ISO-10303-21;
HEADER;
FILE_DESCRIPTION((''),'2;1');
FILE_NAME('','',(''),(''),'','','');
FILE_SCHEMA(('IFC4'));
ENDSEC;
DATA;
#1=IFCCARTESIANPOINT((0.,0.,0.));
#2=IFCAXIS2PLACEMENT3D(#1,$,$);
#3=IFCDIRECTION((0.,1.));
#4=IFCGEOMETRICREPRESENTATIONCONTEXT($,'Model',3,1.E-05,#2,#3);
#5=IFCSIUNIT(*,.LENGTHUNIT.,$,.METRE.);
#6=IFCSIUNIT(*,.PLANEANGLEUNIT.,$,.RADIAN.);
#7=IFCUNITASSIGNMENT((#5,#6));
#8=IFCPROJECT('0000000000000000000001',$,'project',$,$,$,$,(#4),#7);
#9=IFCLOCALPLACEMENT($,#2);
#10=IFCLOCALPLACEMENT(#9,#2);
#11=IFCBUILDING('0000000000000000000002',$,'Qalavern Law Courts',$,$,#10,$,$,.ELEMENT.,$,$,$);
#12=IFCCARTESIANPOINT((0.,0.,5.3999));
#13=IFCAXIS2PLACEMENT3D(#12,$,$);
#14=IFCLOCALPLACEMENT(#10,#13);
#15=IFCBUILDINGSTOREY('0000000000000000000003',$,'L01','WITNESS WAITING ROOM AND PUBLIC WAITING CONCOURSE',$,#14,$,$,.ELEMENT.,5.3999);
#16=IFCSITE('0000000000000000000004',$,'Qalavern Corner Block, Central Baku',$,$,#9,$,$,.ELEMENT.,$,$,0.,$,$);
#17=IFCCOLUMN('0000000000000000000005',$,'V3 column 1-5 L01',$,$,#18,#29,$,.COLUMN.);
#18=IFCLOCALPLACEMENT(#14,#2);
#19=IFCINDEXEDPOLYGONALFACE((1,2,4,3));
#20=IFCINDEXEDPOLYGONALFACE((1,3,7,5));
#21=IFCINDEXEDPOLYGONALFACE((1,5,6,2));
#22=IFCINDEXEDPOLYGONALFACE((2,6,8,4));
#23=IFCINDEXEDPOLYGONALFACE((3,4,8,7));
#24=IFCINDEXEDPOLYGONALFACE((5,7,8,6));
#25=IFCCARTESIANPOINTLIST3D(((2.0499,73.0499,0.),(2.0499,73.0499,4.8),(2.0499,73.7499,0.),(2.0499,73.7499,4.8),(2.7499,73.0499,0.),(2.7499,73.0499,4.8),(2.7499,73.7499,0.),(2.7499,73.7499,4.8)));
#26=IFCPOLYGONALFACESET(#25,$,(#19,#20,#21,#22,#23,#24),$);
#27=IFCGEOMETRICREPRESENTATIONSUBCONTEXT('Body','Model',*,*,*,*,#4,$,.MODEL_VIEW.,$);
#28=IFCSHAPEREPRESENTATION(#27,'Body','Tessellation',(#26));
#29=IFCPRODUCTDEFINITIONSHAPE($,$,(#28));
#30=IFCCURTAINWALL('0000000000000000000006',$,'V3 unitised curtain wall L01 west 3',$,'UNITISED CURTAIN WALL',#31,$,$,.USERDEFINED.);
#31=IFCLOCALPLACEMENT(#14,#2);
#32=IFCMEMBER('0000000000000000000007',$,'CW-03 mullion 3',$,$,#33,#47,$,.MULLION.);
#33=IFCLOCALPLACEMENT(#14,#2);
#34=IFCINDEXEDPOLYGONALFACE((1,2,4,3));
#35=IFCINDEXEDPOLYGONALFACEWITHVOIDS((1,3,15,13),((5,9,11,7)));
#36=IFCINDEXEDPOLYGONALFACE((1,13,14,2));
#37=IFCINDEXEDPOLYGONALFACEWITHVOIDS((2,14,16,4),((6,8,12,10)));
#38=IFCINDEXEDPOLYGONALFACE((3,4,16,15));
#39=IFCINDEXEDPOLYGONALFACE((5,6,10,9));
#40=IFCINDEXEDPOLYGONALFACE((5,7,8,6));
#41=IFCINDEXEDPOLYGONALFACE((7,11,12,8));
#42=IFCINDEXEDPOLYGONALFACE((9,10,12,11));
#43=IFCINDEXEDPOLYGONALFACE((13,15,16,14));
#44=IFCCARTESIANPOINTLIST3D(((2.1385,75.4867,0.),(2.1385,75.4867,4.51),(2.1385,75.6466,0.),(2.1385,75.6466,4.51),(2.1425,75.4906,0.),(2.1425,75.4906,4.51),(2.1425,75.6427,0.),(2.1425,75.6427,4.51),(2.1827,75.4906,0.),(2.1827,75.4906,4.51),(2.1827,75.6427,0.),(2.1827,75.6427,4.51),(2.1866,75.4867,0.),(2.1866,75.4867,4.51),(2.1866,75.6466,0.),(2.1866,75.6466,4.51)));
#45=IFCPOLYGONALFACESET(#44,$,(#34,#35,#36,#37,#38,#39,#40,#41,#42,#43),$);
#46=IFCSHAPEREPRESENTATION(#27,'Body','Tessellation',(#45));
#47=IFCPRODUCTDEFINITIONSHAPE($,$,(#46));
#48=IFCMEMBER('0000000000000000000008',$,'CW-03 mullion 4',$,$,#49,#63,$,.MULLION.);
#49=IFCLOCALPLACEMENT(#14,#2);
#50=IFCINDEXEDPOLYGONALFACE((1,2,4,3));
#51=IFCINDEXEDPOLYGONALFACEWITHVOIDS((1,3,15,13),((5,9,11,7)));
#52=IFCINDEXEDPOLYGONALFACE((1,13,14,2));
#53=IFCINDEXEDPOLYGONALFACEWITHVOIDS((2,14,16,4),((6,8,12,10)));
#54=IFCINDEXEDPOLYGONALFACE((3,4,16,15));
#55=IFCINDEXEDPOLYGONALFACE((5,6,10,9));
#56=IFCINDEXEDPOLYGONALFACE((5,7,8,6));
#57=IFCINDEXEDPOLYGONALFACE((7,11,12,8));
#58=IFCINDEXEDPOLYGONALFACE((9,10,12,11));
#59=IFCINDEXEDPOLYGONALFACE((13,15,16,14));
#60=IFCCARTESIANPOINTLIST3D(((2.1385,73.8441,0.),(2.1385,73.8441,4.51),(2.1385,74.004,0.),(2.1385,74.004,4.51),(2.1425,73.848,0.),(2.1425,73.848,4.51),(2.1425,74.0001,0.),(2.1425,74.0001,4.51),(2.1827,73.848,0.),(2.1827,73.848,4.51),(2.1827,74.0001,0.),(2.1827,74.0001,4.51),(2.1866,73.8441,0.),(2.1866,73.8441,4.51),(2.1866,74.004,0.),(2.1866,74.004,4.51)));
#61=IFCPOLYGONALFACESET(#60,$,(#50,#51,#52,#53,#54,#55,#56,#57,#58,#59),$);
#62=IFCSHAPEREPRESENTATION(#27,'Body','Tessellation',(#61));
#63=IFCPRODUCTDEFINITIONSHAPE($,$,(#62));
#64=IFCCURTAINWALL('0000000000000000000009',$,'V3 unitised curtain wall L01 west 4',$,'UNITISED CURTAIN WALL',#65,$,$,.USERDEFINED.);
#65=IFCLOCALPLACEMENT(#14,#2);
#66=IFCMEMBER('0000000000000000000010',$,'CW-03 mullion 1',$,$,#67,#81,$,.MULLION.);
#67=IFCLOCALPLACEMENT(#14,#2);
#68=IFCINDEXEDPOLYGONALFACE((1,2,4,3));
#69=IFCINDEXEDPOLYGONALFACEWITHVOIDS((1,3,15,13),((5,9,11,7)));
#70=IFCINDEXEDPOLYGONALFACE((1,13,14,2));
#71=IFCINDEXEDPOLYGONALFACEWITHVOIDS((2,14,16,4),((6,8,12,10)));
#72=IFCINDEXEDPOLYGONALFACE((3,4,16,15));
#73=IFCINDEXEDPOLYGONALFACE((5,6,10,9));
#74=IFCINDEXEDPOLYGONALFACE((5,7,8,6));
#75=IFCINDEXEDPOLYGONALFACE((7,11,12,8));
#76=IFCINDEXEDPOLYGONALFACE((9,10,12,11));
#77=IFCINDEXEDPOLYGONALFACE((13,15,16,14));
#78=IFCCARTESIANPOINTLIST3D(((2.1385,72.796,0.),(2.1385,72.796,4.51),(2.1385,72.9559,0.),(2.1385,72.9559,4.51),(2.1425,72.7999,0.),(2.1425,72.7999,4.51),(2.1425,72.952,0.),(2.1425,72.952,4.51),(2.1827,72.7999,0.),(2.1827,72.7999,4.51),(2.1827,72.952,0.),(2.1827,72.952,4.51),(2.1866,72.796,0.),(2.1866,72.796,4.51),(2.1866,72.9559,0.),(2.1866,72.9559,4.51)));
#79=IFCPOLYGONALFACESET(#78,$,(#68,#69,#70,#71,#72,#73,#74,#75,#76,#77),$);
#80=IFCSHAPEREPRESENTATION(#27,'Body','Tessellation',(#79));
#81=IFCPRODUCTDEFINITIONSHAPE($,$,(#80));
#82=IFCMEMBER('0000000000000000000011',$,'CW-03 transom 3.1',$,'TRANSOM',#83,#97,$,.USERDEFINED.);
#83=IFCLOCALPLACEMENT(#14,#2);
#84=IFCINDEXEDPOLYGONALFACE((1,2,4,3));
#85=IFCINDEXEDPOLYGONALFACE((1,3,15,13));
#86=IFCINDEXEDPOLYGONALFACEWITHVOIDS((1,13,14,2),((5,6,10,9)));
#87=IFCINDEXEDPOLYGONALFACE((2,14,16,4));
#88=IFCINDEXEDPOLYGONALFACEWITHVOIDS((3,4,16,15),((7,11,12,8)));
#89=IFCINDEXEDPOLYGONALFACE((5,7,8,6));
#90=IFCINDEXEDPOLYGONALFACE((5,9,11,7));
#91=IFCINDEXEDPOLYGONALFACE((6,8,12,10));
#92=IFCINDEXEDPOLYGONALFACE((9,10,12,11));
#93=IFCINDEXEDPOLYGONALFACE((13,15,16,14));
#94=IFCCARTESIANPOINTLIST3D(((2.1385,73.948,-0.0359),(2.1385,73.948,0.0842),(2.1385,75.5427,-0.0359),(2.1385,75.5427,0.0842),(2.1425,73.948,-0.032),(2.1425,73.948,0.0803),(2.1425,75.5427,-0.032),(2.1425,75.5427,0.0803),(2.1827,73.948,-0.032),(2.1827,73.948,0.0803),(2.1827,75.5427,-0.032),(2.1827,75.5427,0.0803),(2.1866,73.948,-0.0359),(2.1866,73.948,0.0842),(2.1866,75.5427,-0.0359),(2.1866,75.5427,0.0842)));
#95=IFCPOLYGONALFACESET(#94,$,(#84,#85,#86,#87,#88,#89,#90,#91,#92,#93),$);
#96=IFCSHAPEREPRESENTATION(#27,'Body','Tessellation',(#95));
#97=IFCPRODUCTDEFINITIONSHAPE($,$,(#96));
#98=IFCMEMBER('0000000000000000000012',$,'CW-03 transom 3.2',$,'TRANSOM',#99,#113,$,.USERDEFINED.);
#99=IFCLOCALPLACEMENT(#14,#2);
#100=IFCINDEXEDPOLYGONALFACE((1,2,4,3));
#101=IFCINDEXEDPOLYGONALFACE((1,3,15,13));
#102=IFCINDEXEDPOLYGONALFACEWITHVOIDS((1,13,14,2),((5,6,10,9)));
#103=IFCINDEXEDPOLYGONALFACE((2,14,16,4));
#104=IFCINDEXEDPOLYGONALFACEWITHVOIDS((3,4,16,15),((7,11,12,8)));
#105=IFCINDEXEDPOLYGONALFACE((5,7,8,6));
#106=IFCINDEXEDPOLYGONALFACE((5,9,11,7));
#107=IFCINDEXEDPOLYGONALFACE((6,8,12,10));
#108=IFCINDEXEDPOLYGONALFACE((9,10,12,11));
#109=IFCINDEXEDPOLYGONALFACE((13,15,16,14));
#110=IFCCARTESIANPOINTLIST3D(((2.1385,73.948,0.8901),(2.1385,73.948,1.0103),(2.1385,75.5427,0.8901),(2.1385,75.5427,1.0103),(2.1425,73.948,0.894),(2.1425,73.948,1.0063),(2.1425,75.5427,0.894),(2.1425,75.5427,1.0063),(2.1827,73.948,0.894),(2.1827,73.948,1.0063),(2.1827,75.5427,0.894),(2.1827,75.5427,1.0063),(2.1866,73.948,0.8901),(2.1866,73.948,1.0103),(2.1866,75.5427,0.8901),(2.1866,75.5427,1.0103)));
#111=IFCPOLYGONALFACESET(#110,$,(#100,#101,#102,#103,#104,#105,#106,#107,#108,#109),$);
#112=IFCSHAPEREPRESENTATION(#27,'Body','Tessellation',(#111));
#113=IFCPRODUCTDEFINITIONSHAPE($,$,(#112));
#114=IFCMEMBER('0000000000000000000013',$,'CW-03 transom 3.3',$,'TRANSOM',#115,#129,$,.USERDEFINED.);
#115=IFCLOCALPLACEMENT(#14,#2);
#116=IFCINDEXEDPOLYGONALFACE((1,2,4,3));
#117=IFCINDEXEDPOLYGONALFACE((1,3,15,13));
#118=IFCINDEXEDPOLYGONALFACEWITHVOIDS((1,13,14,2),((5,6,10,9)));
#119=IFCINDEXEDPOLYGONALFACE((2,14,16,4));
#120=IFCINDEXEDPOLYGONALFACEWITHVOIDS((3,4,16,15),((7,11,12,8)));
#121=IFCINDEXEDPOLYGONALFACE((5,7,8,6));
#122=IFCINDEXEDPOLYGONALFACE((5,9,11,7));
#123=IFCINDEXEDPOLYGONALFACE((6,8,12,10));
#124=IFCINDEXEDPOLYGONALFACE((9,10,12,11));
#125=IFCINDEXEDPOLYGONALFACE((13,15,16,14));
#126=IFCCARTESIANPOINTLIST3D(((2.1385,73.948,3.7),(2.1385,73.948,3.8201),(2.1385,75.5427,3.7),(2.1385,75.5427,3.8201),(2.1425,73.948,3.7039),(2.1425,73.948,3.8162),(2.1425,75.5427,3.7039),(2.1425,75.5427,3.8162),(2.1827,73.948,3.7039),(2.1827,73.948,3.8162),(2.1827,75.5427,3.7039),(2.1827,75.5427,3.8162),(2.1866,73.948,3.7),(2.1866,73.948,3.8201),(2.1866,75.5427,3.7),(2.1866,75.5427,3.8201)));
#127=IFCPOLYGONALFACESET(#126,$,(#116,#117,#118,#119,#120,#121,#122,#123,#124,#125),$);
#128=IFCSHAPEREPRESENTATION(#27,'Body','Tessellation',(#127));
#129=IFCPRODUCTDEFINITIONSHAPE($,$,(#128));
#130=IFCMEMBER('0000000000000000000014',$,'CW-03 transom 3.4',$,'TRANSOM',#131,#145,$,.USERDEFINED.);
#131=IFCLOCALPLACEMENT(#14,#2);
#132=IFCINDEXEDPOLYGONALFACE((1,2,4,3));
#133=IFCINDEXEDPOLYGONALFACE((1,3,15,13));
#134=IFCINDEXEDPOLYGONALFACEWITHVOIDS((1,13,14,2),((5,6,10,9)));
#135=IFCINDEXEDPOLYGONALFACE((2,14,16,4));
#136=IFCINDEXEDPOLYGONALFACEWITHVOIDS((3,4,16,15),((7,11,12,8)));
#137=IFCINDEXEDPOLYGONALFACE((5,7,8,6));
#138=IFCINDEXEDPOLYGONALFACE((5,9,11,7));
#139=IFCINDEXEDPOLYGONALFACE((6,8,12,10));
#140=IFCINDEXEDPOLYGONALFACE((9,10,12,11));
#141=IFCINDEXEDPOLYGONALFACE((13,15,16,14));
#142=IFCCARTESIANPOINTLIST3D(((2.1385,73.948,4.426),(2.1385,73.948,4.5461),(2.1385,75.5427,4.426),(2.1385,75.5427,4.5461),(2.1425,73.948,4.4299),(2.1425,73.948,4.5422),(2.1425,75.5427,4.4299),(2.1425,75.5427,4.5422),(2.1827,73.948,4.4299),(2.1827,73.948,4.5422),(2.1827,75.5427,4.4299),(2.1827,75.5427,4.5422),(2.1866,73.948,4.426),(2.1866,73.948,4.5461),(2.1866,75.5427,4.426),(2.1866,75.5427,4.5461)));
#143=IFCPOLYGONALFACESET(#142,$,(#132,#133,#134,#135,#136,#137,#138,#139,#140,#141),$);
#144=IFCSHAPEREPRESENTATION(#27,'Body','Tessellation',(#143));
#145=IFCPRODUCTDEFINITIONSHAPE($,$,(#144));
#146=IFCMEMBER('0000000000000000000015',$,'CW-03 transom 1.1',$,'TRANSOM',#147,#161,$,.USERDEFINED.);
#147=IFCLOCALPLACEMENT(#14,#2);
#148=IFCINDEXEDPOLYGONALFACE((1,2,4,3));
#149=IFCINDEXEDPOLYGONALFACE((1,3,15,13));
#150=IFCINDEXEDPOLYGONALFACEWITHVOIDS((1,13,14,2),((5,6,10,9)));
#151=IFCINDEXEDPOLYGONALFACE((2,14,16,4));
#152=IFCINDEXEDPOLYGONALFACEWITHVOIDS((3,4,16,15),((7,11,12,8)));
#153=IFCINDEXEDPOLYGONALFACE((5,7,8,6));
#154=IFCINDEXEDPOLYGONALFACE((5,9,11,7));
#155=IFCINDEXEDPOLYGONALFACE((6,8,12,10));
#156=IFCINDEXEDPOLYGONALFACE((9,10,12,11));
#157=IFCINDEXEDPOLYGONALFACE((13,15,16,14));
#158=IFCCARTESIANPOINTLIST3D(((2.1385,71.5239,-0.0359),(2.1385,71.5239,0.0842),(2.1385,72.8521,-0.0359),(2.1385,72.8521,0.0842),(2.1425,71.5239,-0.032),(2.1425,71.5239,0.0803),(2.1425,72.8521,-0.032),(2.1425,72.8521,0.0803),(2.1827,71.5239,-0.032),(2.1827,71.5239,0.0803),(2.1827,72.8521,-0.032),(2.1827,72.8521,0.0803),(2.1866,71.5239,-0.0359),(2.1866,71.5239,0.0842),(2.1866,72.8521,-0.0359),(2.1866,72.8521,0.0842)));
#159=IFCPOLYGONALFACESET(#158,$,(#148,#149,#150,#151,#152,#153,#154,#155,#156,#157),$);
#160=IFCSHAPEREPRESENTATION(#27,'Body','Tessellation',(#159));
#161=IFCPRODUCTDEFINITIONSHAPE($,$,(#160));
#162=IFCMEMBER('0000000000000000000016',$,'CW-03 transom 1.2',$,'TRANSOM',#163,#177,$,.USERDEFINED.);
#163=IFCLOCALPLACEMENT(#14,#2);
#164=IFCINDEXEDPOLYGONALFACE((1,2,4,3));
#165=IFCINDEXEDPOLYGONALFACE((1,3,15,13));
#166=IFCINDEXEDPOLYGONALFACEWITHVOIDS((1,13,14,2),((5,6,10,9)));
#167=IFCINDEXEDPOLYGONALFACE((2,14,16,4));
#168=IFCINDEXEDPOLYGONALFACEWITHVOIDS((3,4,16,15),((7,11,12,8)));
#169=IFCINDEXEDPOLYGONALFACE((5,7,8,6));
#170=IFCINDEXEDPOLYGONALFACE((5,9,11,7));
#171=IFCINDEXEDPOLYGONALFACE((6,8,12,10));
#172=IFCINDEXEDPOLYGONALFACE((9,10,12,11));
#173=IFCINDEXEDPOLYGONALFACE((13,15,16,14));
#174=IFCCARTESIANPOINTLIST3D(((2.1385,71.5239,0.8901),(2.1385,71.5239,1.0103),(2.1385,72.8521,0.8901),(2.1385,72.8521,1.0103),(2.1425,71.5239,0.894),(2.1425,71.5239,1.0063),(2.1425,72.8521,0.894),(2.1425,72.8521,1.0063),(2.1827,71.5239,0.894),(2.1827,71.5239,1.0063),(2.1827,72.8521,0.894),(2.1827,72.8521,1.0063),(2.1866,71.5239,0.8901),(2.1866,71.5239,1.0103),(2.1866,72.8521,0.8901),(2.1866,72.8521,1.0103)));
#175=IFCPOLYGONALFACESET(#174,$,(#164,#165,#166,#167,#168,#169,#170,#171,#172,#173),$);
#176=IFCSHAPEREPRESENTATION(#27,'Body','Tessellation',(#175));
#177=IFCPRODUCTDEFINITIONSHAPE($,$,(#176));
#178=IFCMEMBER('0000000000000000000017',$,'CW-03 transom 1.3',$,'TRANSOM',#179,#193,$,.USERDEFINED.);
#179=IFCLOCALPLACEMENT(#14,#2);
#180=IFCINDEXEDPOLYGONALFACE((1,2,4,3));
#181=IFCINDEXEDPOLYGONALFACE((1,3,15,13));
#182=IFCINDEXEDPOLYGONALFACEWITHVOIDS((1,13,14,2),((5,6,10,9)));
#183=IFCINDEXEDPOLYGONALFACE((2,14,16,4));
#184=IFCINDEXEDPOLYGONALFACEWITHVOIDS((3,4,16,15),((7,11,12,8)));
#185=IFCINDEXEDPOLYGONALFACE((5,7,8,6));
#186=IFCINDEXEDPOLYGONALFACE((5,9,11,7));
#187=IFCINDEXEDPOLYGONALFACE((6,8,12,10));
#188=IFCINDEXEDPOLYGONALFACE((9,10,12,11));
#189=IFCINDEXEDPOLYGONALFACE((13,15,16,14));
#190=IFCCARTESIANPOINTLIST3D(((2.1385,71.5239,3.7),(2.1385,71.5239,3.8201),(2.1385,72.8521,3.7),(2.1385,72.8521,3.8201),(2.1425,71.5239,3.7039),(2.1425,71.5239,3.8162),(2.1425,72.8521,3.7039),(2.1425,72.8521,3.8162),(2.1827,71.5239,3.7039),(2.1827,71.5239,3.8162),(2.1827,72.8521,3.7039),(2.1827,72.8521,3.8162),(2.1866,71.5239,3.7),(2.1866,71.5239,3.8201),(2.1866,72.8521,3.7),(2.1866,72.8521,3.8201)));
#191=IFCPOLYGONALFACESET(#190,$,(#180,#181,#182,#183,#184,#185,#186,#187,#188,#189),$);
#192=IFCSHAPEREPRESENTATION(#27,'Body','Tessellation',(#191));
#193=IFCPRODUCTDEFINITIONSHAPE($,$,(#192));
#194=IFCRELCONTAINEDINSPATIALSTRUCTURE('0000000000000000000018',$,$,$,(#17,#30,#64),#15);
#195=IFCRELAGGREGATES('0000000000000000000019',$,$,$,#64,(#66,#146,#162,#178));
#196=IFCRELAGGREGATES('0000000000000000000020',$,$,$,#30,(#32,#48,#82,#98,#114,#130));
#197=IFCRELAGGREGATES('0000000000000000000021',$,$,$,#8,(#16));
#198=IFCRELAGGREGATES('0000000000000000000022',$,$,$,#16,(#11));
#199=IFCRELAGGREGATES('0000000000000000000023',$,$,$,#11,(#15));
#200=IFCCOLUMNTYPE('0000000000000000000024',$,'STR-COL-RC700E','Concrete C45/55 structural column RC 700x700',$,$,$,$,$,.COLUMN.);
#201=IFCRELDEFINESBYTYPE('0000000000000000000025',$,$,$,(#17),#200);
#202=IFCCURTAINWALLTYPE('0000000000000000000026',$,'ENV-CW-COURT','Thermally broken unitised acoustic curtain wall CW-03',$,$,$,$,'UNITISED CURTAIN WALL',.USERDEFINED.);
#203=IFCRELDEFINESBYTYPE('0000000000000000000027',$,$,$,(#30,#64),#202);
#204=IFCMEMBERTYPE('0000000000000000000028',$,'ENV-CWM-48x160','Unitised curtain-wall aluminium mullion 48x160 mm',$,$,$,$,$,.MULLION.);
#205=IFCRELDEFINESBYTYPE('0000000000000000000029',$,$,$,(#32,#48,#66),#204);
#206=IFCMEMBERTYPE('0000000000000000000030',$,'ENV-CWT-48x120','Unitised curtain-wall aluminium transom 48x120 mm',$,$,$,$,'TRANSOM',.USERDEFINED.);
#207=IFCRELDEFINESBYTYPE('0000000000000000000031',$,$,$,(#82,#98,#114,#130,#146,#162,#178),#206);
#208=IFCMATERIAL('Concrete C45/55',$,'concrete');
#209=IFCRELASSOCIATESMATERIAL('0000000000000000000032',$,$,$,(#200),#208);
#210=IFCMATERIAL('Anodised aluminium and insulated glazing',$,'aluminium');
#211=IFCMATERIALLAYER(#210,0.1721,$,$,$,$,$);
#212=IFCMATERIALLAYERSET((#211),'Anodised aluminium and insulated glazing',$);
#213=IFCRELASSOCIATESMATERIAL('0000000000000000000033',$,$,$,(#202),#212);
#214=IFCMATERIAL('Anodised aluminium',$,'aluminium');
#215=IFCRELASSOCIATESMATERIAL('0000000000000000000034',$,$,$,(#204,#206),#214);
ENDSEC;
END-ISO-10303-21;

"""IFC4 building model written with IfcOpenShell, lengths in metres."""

from ifc_helpers import new_model, si_unit, direction, frame, origin, origin_2d, place, context, subcontext, project, spatial, rectangle, hollow_rectangle, extrude, material, layer, layer_set, material_profile, profile_set, type_object, element, aggregate, save


model = new_model("IFC4")

# Units and contexts
model_context = context("Model", 3, precision=1e-05, world=origin(), true_north=direction((0.0, 1.0)))
body_context = subcontext(model_context, "Body", "Model", "MODEL_VIEW")
ifc_project = project(units=[si_unit("LENGTHUNIT", "METRE"), si_unit("PLANEANGLEUNIT", "RADIAN")], contexts=[model_context])

# Site, building, storey
site_placement = place(None, origin())
site = spatial("IfcSite", under=ifc_project, at=site_placement, Name="Qalavern Corner Block, Central Baku", CompositionType="ELEMENT", RefElevation=0.0)
building_placement = place(site_placement, origin())
building = spatial("IfcBuilding", under=site, at=building_placement, Name="Qalavern Law Courts", CompositionType="ELEMENT")
storey_placement = place(building_placement, frame((0.0, 0.0, 5.3999)))
storey = spatial("IfcBuildingStorey", under=building, at=storey_placement, Name="L01", Description="WITNESS WAITING ROOM AND PUBLIC WAITING CONCOURSE", CompositionType="ELEMENT", Elevation=5.3999)

# Column
ifc_material_1 = material(Name="Concrete C45/55", Category="concrete")
ifc_material_profile_1 = material_profile(ifc_material_1, rectangle(XDim=0.7, YDim=0.7, at=origin_2d()), Name="RC 700x700")
ifc_profile_set_1 = profile_set([ifc_material_profile_1], Name="Concrete C45/55")
column_type = type_object("IfcColumnType", Name="STR-COL-RC700E", Description="Concrete C45/55 structural column RC 700x700", PredefinedType="COLUMN", material=ifc_profile_set_1)
column_placement = place(storey_placement, frame((2.3999, 73.3999, 0.0), z_axis=(0.0, 0.0, 1.0), x_axis=(1.0, 0.0, 0.0)))
element("IfcColumn", 1, at=column_placement, inside=storey, type_object=column_type, Name="V3 column 1-5 L01", PredefinedType="COLUMN", context=body_context, shape_type="SweptSolid", body=[
    extrude(rectangle(XDim=0.7, YDim=0.7, at=origin_2d()), origin(), (0.0, 0.0, 1.0), 4.8),
])

# Curtain wall, members
ifc_material_2 = material(Name="Anodised aluminium and insulated glazing", Category="aluminium")
ifc_layer_1 = layer(ifc_material_2, 0.1721)
ifc_layer_set_1 = layer_set([ifc_layer_1], Name="Anodised aluminium and insulated glazing")
curtain_wall_type = type_object("IfcCurtainWallType", Name="ENV-CW-COURT", Description="Thermally broken unitised acoustic curtain wall CW-03", ElementType="UNITISED CURTAIN WALL", PredefinedType="USERDEFINED", material=ifc_layer_set_1)
curtain_wall_1_placement = place(storey_placement, origin())
curtain_wall_1 = element("IfcCurtainWall", 2, at=curtain_wall_1_placement, inside=storey, type_object=curtain_wall_type, Name="V3 unitised curtain wall L01 west 3", ObjectType="UNITISED CURTAIN WALL", PredefinedType="USERDEFINED")
ifc_material_3 = material(Name="Anodised aluminium", Category="aluminium")
ifc_material_profile_2 = material_profile(ifc_material_3, hollow_rectangle(XDim=0.0481, YDim=0.1599, WallThickness=0.0039, at=origin_2d()), Name="ALU MULLION 48x160")
ifc_profile_set_2 = profile_set([ifc_material_profile_2], Name="Anodised aluminium")
member_type_1 = type_object("IfcMemberType", Name="ENV-CWM-48x160", Description="Unitised curtain-wall aluminium mullion 48x160 mm", PredefinedType="MULLION", material=ifc_profile_set_2)
member_1_placement = place(storey_placement, frame((2.1626, 75.5667, 0.0), z_axis=(0.0, 0.0, 1.0), x_axis=(1.0, 0.0, 0.0)))
member_1 = element("IfcMember", 3, at=member_1_placement, type_object=member_type_1, Name="CW-03 mullion 3", PredefinedType="MULLION", context=body_context, shape_type="SweptSolid", body=[
    extrude(hollow_rectangle(XDim=0.0481, YDim=0.1599, WallThickness=0.0039, at=origin_2d()), origin(), (0.0, 0.0, 1.0), 4.51),
])
member_2_placement = place(storey_placement, frame((2.1626, 73.9241, 0.0), z_axis=(0.0, 0.0, 1.0), x_axis=(1.0, 0.0, 0.0)))
member_2 = element("IfcMember", 4, at=member_2_placement, type_object=member_type_1, Name="CW-03 mullion 4", PredefinedType="MULLION", context=body_context, shape_type="SweptSolid", body=[
    extrude(hollow_rectangle(XDim=0.0481, YDim=0.1599, WallThickness=0.0039, at=origin_2d()), origin(), (0.0, 0.0, 1.0), 4.51),
])

# Curtain wall, member
curtain_wall_2_placement = place(storey_placement, origin())
curtain_wall_2 = element("IfcCurtainWall", 5, at=curtain_wall_2_placement, inside=storey, type_object=curtain_wall_type, Name="V3 unitised curtain wall L01 west 4", ObjectType="UNITISED CURTAIN WALL", PredefinedType="USERDEFINED")
member_3_placement = place(storey_placement, frame((2.1626, 72.876, 0.0), z_axis=(0.0, 0.0, 1.0), x_axis=(1.0, 0.0, 0.0)))
member_3 = element("IfcMember", 6, at=member_3_placement, type_object=member_type_1, Name="CW-03 mullion 1", PredefinedType="MULLION", context=body_context, shape_type="SweptSolid", body=[
    extrude(hollow_rectangle(XDim=0.0481, YDim=0.1599, WallThickness=0.0039, at=origin_2d()), origin(), (0.0, 0.0, 1.0), 4.51),
])

# Members
ifc_material_profile_3 = material_profile(ifc_material_3, hollow_rectangle(XDim=0.0481, YDim=0.1201, WallThickness=0.0039, at=origin_2d()), Name="ALU TRANSOM 48x120")
ifc_profile_set_3 = profile_set([ifc_material_profile_3], Name="Anodised aluminium")
member_type_2 = type_object("IfcMemberType", Name="ENV-CWT-48x120", Description="Unitised curtain-wall aluminium transom 48x120 mm", ElementType="TRANSOM", PredefinedType="USERDEFINED", material=ifc_profile_set_3)
member_4_placement = place(storey_placement, frame((2.1626, 75.5427, 0.0242), z_axis=(0.0, -1.0, 0.0), x_axis=(1.0, 0.0, 0.0)))
member_4 = element("IfcMember", 7, at=member_4_placement, type_object=member_type_2, Name="CW-03 transom 3.1", ObjectType="TRANSOM", PredefinedType="USERDEFINED", context=body_context, shape_type="SweptSolid", body=[
    extrude(hollow_rectangle(XDim=0.0481, YDim=0.1201, WallThickness=0.0039, at=origin_2d()), origin(), (0.0, 0.0, 1.0), 1.5947),
])
member_5_placement = place(storey_placement, frame((2.1626, 75.5427, 0.9502), z_axis=(0.0, -1.0, 0.0), x_axis=(1.0, 0.0, 0.0)))
member_5 = element("IfcMember", 8, at=member_5_placement, type_object=member_type_2, Name="CW-03 transom 3.2", ObjectType="TRANSOM", PredefinedType="USERDEFINED", context=body_context, shape_type="SweptSolid", body=[
    extrude(hollow_rectangle(XDim=0.0481, YDim=0.1201, WallThickness=0.0039, at=origin_2d()), origin(), (0.0, 0.0, 1.0), 1.5947),
])
member_6_placement = place(storey_placement, frame((2.1626, 75.5427, 3.76), z_axis=(0.0, -1.0, 0.0), x_axis=(1.0, 0.0, 0.0)))
member_6 = element("IfcMember", 9, at=member_6_placement, type_object=member_type_2, Name="CW-03 transom 3.3", ObjectType="TRANSOM", PredefinedType="USERDEFINED", context=body_context, shape_type="SweptSolid", body=[
    extrude(hollow_rectangle(XDim=0.0481, YDim=0.1201, WallThickness=0.0039, at=origin_2d()), origin(), (0.0, 0.0, 1.0), 1.5947),
])
member_7_placement = place(storey_placement, frame((2.1626, 75.5427, 4.4861), z_axis=(0.0, -1.0, 0.0), x_axis=(1.0, 0.0, 0.0)))
member_7 = element("IfcMember", 10, at=member_7_placement, type_object=member_type_2, Name="CW-03 transom 3.4", ObjectType="TRANSOM", PredefinedType="USERDEFINED", context=body_context, shape_type="SweptSolid", body=[
    extrude(hollow_rectangle(XDim=0.0481, YDim=0.1201, WallThickness=0.0039, at=origin_2d()), origin(), (0.0, 0.0, 1.0), 1.5947),
])
member_8_placement = place(storey_placement, frame((2.1626, 72.8521, 0.0242), z_axis=(0.0, -1.0, 0.0), x_axis=(1.0, 0.0, 0.0)))
member_8 = element("IfcMember", 11, at=member_8_placement, type_object=member_type_2, Name="CW-03 transom 1.1", ObjectType="TRANSOM", PredefinedType="USERDEFINED", context=body_context, shape_type="SweptSolid", body=[
    extrude(hollow_rectangle(XDim=0.0481, YDim=0.1201, WallThickness=0.0039, at=origin_2d()), origin(), (0.0, 0.0, 1.0), 1.3281),
])
member_9_placement = place(storey_placement, frame((2.1626, 72.8521, 0.9502), z_axis=(0.0, -1.0, 0.0), x_axis=(1.0, 0.0, 0.0)))
member_9 = element("IfcMember", 12, at=member_9_placement, type_object=member_type_2, Name="CW-03 transom 1.2", ObjectType="TRANSOM", PredefinedType="USERDEFINED", context=body_context, shape_type="SweptSolid", body=[
    extrude(hollow_rectangle(XDim=0.0481, YDim=0.1201, WallThickness=0.0039, at=origin_2d()), origin(), (0.0, 0.0, 1.0), 1.3281),
])
member_10_placement = place(storey_placement, frame((2.1626, 72.8521, 3.76), z_axis=(0.0, -1.0, 0.0), x_axis=(1.0, 0.0, 0.0)))
member_10 = element("IfcMember", 13, at=member_10_placement, type_object=member_type_2, Name="CW-03 transom 1.3", ObjectType="TRANSOM", PredefinedType="USERDEFINED", context=body_context, shape_type="SweptSolid", body=[
    extrude(hollow_rectangle(XDim=0.0481, YDim=0.1201, WallThickness=0.0039, at=origin_2d()), origin(), (0.0, 0.0, 1.0), 1.3281),
])
aggregate(curtain_wall_2, [member_3, member_8, member_9, member_10])

aggregate(curtain_wall_1, [member_1, member_2, member_4, member_5, member_6, member_7])

save(model, "model.ifc")
